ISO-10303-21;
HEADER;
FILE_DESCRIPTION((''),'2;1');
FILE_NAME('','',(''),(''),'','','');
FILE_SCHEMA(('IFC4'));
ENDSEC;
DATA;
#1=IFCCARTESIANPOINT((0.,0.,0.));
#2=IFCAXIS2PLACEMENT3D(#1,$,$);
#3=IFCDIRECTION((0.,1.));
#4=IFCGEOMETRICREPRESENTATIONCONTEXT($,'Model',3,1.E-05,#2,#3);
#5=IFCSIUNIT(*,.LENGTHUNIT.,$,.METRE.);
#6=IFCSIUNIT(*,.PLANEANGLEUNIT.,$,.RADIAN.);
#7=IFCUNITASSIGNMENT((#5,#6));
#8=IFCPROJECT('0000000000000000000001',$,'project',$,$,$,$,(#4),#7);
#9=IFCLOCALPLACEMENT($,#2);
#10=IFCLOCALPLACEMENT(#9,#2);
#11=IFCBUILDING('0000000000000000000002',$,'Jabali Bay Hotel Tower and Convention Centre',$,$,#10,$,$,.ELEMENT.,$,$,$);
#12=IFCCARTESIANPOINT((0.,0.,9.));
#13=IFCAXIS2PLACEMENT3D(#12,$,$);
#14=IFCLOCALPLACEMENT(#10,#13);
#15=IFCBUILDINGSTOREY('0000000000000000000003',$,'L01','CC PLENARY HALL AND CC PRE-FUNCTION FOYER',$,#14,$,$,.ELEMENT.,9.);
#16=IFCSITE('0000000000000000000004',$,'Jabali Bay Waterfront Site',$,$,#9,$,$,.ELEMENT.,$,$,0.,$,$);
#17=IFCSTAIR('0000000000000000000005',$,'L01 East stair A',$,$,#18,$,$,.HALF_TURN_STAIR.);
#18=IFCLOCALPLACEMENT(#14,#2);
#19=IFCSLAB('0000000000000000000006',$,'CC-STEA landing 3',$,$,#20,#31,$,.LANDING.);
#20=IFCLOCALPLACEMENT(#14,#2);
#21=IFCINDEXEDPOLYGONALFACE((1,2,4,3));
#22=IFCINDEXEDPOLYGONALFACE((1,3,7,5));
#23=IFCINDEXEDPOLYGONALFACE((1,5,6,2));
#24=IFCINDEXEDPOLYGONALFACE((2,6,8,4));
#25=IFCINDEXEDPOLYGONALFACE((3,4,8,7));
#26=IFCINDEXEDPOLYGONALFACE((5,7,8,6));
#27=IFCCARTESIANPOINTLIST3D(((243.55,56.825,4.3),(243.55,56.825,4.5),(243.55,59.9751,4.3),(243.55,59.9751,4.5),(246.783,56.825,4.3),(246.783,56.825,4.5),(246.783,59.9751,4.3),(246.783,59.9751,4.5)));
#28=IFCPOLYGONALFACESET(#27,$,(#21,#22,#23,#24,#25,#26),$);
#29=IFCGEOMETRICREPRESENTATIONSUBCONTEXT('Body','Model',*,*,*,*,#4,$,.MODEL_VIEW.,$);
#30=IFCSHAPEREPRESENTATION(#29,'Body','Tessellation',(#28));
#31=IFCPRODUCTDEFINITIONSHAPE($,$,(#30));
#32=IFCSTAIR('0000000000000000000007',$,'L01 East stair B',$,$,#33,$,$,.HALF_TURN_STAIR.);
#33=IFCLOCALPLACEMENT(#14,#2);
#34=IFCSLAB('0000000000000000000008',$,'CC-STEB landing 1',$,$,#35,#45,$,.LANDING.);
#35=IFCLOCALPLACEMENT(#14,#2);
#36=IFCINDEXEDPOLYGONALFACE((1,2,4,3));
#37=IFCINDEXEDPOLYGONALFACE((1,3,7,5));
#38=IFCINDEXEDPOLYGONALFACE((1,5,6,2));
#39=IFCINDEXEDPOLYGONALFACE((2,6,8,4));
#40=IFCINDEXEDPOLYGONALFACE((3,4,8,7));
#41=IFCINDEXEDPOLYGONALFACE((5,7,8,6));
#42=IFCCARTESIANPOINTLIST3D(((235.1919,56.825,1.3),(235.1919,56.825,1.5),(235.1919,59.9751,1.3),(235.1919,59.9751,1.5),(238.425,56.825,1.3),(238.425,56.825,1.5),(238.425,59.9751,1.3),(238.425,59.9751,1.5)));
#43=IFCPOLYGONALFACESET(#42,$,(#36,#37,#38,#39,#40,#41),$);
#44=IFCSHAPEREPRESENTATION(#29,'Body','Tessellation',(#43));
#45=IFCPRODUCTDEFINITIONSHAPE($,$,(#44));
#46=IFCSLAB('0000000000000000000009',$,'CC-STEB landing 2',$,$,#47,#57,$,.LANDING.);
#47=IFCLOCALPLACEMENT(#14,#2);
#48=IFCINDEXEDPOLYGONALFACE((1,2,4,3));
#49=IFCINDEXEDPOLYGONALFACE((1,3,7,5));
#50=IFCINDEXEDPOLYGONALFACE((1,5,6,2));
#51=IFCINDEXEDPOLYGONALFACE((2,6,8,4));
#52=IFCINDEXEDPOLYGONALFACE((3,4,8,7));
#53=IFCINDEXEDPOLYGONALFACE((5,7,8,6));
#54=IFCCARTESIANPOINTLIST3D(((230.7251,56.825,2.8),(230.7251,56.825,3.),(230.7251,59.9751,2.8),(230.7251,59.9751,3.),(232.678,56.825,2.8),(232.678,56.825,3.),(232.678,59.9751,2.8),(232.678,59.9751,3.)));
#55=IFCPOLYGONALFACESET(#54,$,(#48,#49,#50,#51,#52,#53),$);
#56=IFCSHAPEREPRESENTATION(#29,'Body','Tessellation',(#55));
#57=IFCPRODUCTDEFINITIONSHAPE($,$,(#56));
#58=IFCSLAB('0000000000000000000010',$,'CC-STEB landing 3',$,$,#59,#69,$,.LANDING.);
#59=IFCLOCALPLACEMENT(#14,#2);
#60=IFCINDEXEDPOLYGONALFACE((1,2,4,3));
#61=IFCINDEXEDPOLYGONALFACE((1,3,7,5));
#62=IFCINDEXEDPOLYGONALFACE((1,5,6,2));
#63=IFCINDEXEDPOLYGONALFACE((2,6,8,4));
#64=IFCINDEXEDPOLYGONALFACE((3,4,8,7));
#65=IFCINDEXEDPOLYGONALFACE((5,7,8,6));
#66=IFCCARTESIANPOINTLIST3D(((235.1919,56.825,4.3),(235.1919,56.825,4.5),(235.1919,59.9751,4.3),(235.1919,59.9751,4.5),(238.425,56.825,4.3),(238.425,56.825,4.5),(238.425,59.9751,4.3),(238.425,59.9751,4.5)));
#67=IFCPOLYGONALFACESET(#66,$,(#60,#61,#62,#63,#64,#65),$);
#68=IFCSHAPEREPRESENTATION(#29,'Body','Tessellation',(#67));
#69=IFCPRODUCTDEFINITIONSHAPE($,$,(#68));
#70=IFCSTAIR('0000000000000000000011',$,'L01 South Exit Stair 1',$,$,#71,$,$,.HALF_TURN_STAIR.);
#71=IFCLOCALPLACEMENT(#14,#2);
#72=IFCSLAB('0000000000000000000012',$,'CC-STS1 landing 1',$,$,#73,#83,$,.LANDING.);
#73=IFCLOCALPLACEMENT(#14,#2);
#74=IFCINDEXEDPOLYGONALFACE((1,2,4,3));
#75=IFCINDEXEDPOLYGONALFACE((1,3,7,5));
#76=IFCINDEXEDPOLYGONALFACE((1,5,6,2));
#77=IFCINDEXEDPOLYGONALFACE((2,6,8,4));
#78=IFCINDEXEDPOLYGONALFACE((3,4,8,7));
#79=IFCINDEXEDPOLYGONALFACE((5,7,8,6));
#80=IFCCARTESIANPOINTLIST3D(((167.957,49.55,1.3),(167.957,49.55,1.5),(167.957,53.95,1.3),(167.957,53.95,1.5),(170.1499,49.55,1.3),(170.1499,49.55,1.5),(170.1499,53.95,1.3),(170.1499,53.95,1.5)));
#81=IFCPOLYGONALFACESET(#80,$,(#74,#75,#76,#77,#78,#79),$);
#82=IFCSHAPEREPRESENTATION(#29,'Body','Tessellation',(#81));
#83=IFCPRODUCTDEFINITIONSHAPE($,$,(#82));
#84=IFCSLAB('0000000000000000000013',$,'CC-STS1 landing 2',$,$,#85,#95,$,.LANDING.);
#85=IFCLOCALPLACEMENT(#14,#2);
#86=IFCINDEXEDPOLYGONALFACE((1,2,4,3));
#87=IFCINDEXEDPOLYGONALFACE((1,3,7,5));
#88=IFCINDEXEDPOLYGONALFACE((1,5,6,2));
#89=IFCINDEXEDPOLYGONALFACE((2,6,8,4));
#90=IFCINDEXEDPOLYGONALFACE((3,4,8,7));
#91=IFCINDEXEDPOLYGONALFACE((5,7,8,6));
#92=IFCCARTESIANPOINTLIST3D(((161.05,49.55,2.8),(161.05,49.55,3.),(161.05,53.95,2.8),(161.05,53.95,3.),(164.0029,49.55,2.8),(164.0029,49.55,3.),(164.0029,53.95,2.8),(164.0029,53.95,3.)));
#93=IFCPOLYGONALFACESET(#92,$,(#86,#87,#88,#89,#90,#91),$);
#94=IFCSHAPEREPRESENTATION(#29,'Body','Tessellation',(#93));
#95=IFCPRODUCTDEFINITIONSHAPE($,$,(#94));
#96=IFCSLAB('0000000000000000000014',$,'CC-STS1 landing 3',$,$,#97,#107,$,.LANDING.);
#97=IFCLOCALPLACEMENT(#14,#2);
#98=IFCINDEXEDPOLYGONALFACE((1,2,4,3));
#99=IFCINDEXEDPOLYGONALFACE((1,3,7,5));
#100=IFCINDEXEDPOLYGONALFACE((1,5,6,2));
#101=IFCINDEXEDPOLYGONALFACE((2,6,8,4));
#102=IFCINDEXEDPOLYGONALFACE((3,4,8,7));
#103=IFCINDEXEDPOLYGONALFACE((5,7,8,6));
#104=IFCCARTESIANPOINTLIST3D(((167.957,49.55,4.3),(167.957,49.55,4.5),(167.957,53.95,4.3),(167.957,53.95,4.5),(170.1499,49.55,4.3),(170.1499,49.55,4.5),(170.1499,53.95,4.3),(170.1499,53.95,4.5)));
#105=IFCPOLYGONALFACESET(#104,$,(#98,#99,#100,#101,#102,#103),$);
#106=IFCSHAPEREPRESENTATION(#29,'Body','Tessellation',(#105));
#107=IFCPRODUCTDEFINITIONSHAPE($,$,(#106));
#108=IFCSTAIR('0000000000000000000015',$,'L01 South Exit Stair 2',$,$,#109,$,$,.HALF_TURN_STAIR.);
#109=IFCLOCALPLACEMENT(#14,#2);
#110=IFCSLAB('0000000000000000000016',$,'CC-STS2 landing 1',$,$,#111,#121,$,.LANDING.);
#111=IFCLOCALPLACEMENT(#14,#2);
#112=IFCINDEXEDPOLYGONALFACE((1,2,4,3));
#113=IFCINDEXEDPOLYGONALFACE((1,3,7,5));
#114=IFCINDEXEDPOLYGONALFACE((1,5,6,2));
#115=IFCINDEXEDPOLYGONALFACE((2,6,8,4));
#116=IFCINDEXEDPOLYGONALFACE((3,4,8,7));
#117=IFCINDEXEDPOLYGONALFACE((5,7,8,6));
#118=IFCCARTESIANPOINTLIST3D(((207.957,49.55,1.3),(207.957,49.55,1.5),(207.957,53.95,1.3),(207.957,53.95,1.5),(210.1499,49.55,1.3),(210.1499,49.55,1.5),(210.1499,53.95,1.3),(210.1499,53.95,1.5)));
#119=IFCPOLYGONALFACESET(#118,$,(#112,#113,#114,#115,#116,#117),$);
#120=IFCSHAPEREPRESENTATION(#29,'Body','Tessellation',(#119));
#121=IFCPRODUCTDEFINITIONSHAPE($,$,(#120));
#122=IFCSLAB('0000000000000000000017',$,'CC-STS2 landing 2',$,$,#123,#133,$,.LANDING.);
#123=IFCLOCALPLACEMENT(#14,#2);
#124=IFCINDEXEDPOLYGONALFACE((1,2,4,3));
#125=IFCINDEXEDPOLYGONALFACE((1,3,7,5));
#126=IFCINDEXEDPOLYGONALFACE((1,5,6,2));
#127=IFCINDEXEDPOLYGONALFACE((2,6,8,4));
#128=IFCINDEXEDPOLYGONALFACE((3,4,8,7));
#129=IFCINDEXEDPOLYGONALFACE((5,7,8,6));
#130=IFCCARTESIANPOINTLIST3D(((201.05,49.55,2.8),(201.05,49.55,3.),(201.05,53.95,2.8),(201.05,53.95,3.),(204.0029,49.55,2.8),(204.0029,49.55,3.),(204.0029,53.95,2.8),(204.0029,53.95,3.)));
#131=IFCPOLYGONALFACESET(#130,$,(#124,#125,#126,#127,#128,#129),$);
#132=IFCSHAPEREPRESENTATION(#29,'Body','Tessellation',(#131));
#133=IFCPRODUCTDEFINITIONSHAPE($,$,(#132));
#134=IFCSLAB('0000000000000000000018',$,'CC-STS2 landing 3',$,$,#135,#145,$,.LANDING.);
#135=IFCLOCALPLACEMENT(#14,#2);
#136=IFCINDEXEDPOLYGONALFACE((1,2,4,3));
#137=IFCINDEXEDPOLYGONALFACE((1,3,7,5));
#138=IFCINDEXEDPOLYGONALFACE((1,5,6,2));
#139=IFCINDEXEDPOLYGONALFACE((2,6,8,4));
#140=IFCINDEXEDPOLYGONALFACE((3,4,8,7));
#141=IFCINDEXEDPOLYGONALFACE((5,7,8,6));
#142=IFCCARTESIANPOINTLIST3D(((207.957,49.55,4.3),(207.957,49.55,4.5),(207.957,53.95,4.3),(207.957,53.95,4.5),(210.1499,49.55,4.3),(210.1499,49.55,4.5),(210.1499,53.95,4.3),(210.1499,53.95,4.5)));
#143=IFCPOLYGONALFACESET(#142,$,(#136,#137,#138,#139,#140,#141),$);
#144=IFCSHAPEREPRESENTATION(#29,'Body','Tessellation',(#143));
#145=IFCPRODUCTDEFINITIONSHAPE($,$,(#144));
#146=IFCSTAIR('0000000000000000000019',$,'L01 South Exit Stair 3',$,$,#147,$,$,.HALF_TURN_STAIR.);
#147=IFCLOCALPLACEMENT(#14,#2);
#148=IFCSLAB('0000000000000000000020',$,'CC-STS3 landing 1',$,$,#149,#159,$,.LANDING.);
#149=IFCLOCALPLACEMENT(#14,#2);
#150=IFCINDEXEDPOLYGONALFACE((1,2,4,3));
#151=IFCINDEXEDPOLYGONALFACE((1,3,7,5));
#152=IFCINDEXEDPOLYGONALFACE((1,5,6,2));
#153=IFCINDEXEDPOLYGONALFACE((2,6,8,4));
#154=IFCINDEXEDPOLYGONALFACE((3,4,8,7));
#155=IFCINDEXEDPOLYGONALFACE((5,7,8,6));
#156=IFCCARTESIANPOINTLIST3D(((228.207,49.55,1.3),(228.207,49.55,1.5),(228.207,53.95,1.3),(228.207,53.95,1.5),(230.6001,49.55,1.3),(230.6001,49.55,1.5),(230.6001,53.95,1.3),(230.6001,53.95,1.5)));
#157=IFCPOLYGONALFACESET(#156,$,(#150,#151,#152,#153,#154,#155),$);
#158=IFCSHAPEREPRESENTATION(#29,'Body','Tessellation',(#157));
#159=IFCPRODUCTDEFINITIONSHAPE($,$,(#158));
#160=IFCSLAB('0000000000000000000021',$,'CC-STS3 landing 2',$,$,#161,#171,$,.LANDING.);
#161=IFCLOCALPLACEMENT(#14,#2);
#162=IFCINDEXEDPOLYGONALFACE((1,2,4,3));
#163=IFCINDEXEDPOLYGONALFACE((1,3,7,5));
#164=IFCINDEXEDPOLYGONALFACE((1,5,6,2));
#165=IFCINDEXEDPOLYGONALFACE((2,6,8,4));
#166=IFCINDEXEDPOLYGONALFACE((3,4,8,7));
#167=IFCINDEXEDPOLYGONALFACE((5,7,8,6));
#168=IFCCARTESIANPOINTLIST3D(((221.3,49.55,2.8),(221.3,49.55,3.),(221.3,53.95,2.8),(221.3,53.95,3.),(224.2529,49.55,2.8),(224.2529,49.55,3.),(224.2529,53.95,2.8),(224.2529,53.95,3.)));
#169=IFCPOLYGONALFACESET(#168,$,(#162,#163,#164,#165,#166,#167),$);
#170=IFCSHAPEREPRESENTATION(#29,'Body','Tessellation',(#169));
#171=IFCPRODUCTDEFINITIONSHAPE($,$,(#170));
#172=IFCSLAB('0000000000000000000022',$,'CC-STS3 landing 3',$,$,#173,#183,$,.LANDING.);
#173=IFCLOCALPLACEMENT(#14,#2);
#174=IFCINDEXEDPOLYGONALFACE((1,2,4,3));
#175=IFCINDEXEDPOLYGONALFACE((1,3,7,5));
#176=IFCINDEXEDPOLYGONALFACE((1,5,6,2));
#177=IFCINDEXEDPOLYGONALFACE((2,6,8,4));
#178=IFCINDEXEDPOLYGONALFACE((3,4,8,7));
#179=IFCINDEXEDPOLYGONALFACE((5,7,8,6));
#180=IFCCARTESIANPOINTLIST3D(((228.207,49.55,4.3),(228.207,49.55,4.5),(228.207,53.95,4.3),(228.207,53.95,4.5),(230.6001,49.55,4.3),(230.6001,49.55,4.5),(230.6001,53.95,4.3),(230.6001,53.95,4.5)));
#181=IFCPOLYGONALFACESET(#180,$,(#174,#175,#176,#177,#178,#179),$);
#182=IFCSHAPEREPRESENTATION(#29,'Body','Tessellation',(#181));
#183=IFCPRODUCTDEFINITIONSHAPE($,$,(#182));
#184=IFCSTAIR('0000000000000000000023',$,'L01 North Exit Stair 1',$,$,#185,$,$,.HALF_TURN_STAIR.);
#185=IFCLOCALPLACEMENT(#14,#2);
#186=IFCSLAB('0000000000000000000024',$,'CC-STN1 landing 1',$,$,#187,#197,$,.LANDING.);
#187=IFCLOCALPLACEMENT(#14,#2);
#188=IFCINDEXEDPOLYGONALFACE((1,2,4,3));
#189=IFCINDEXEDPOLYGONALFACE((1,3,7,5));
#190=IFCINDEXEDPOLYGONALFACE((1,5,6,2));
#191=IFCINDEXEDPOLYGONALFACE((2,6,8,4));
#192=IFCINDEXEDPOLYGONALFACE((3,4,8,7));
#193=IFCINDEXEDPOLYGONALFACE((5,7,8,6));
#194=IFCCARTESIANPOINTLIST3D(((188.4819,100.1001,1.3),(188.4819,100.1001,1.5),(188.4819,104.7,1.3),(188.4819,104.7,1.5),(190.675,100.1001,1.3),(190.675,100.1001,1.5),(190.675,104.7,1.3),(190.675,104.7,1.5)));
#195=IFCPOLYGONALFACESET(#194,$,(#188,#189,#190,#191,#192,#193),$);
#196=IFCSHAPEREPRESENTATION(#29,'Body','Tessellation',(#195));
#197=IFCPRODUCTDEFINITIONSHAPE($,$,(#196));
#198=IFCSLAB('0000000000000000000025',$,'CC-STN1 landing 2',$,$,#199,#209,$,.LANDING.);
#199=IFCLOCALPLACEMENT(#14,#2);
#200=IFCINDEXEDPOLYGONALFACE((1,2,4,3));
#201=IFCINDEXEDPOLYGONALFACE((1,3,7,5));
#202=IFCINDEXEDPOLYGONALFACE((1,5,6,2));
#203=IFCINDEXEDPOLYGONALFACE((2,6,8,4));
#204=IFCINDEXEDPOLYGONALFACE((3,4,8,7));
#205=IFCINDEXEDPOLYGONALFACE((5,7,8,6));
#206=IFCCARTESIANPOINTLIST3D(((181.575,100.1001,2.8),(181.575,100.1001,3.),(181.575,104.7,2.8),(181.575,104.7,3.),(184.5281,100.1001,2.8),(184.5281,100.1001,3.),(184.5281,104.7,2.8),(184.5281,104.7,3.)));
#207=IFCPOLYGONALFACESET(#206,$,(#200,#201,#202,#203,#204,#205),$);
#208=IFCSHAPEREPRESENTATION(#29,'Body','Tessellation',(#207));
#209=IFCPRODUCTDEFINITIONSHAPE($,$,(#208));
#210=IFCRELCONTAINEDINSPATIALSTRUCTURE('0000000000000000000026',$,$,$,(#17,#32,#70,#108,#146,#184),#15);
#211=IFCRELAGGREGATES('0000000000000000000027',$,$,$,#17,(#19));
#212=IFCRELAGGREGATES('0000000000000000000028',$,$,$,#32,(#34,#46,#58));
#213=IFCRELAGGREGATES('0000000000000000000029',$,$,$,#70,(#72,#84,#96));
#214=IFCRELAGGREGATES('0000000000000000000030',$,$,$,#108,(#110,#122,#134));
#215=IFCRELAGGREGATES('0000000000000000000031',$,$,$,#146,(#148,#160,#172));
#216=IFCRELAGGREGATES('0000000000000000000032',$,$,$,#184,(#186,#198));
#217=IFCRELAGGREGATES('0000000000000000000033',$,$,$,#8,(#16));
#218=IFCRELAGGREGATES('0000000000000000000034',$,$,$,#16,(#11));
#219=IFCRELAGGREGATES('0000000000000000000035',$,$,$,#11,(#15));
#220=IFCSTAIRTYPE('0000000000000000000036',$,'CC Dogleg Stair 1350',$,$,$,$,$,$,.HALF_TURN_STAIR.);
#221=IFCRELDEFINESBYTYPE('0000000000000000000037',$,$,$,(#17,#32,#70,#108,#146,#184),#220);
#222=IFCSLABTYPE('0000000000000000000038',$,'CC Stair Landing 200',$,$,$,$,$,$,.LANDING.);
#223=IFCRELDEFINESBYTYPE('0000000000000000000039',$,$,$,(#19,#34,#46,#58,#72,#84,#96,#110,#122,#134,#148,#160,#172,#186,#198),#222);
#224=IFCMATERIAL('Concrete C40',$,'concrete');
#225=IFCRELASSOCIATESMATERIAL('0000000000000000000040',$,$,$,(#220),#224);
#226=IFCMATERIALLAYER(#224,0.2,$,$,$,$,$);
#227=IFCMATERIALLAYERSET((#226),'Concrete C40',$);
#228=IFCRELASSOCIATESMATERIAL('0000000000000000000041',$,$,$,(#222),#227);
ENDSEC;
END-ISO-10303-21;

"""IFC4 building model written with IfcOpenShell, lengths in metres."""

from ifc_helpers import new_model, si_unit, direction, frame, origin, place, context, subcontext, project, spatial, polyline, outline, extrude, material, layer, layer_set, type_object, element, aggregate, save


model = new_model("IFC4")

# Units and contexts
model_context = context("Model", 3, precision=1e-05, world=origin(), true_north=direction((0.0, 1.0)))
body_context = subcontext(model_context, "Body", "Model", "MODEL_VIEW")
ifc_project = project(units=[si_unit("LENGTHUNIT", "METRE"), si_unit("PLANEANGLEUNIT", "RADIAN")], contexts=[model_context])

# Site, building, storey
site_placement = place(None, origin())
site = spatial("IfcSite", under=ifc_project, at=site_placement, Name="Jabali Bay Waterfront Site", CompositionType="ELEMENT", RefElevation=0.0)
building_placement = place(site_placement, origin())
building = spatial("IfcBuilding", under=site, at=building_placement, Name="Jabali Bay Hotel Tower and Convention Centre", CompositionType="ELEMENT")
storey_placement = place(building_placement, frame((0.0, 0.0, 9.0)))
storey = spatial("IfcBuildingStorey", under=building, at=storey_placement, Name="L01", Description="CC PLENARY HALL AND CC PRE-FUNCTION FOYER", CompositionType="ELEMENT", Elevation=9.0)

# Stair, slab
ifc_material = material(Name="Concrete C40", Category="concrete")
stair_type = type_object("IfcStairType", Name="CC Dogleg Stair 1350", PredefinedType="HALF_TURN_STAIR", material=ifc_material)
stair_1_placement = place(storey_placement, origin())
stair_1 = element("IfcStair", 1, at=stair_1_placement, inside=storey, type_object=stair_type, Name="L01 East stair A", PredefinedType="HALF_TURN_STAIR")
ifc_layer = layer(ifc_material, 0.2)
ifc_layer_set = layer_set([ifc_layer], Name="Concrete C40")
slab_type = type_object("IfcSlabType", Name="CC Stair Landing 200", PredefinedType="LANDING", material=ifc_layer_set)
slab_1_placement = place(storey_placement, frame((0.0, 0.0, 4.3)))
slab_1 = element("IfcSlab", 2, at=slab_1_placement, type_object=slab_type, Name="CC-STEA landing 3", PredefinedType="LANDING", context=body_context, shape_type="SweptSolid", body=[
    extrude(outline(polyline([(243.55, 56.825), (246.783, 56.825), (246.783, 59.9751), (243.55, 59.9751), (243.55, 56.825)])), origin(), (0.0, 0.0, 1.0), 0.2),
])
aggregate(stair_1, [slab_1])

# Stairs, slabs
stair_2_placement = place(storey_placement, origin())
stair_2 = element("IfcStair", 3, at=stair_2_placement, inside=storey, type_object=stair_type, Name="L01 East stair B", PredefinedType="HALF_TURN_STAIR")
slab_2_placement = place(storey_placement, frame((0.0, 0.0, 1.3)))
slab_2 = element("IfcSlab", 4, at=slab_2_placement, type_object=slab_type, Name="CC-STEB landing 1", PredefinedType="LANDING", context=body_context, shape_type="SweptSolid", body=[
    extrude(outline(polyline([(235.1919, 56.825), (238.425, 56.825), (238.425, 59.9751), (235.1919, 59.9751), (235.1919, 56.825)])), origin(), (0.0, 0.0, 1.0), 0.2),
])
slab_3_placement = place(storey_placement, frame((0.0, 0.0, 2.8)))
slab_3 = element("IfcSlab", 5, at=slab_3_placement, type_object=slab_type, Name="CC-STEB landing 2", PredefinedType="LANDING", context=body_context, shape_type="SweptSolid", body=[
    extrude(outline(polyline([(230.7251, 56.825), (232.678, 56.825), (232.678, 59.9751), (230.7251, 59.9751), (230.7251, 56.825)])), origin(), (0.0, 0.0, 1.0), 0.2),
])
slab_4_placement = place(storey_placement, frame((0.0, 0.0, 4.3)))
slab_4 = element("IfcSlab", 6, at=slab_4_placement, type_object=slab_type, Name="CC-STEB landing 3", PredefinedType="LANDING", context=body_context, shape_type="SweptSolid", body=[
    extrude(outline(polyline([(235.1919, 56.825), (238.425, 56.825), (238.425, 59.9751), (235.1919, 59.9751), (235.1919, 56.825)])), origin(), (0.0, 0.0, 1.0), 0.2),
])
aggregate(stair_2, [slab_2, slab_3, slab_4])
stair_3_placement = place(storey_placement, origin())
stair_3 = element("IfcStair", 7, at=stair_3_placement, inside=storey, type_object=stair_type, Name="L01 South Exit Stair 1", PredefinedType="HALF_TURN_STAIR")
slab_5_placement = place(storey_placement, frame((0.0, 0.0, 1.3)))
slab_5 = element("IfcSlab", 8, at=slab_5_placement, type_object=slab_type, Name="CC-STS1 landing 1", PredefinedType="LANDING", context=body_context, shape_type="SweptSolid", body=[
    extrude(outline(polyline([(167.957, 49.55), (170.1499, 49.55), (170.1499, 53.95), (167.957, 53.95), (167.957, 49.55)])), origin(), (0.0, 0.0, 1.0), 0.2),
])
slab_6_placement = place(storey_placement, frame((0.0, 0.0, 2.8)))
slab_6 = element("IfcSlab", 9, at=slab_6_placement, type_object=slab_type, Name="CC-STS1 landing 2", PredefinedType="LANDING", context=body_context, shape_type="SweptSolid", body=[
    extrude(outline(polyline([(161.05, 49.55), (164.0029, 49.55), (164.0029, 53.95), (161.05, 53.95), (161.05, 49.55)])), origin(), (0.0, 0.0, 1.0), 0.2),
])
slab_7_placement = place(storey_placement, frame((0.0, 0.0, 4.3)))
slab_7 = element("IfcSlab", 10, at=slab_7_placement, type_object=slab_type, Name="CC-STS1 landing 3", PredefinedType="LANDING", context=body_context, shape_type="SweptSolid", body=[
    extrude(outline(polyline([(167.957, 49.55), (170.1499, 49.55), (170.1499, 53.95), (167.957, 53.95), (167.957, 49.55)])), origin(), (0.0, 0.0, 1.0), 0.2),
])
aggregate(stair_3, [slab_5, slab_6, slab_7])
stair_4_placement = place(storey_placement, origin())
stair_4 = element("IfcStair", 11, at=stair_4_placement, inside=storey, type_object=stair_type, Name="L01 South Exit Stair 2", PredefinedType="HALF_TURN_STAIR")
slab_8_placement = place(storey_placement, frame((0.0, 0.0, 1.3)))
slab_8 = element("IfcSlab", 12, at=slab_8_placement, type_object=slab_type, Name="CC-STS2 landing 1", PredefinedType="LANDING", context=body_context, shape_type="SweptSolid", body=[
    extrude(outline(polyline([(207.957, 49.55), (210.1499, 49.55), (210.1499, 53.95), (207.957, 53.95), (207.957, 49.55)])), origin(), (0.0, 0.0, 1.0), 0.2),
])
slab_9_placement = place(storey_placement, frame((0.0, 0.0, 2.8)))
slab_9 = element("IfcSlab", 13, at=slab_9_placement, type_object=slab_type, Name="CC-STS2 landing 2", PredefinedType="LANDING", context=body_context, shape_type="SweptSolid", body=[
    extrude(outline(polyline([(201.05, 49.55), (204.0029, 49.55), (204.0029, 53.95), (201.05, 53.95), (201.05, 49.55)])), origin(), (0.0, 0.0, 1.0), 0.2),
])
slab_10_placement = place(storey_placement, frame((0.0, 0.0, 4.3)))
slab_10 = element("IfcSlab", 14, at=slab_10_placement, type_object=slab_type, Name="CC-STS2 landing 3", PredefinedType="LANDING", context=body_context, shape_type="SweptSolid", body=[
    extrude(outline(polyline([(207.957, 49.55), (210.1499, 49.55), (210.1499, 53.95), (207.957, 53.95), (207.957, 49.55)])), origin(), (0.0, 0.0, 1.0), 0.2),
])
aggregate(stair_4, [slab_8, slab_9, slab_10])
stair_5_placement = place(storey_placement, origin())
stair_5 = element("IfcStair", 15, at=stair_5_placement, inside=storey, type_object=stair_type, Name="L01 South Exit Stair 3", PredefinedType="HALF_TURN_STAIR")
slab_11_placement = place(storey_placement, frame((0.0, 0.0, 1.3)))
slab_11 = element("IfcSlab", 16, at=slab_11_placement, type_object=slab_type, Name="CC-STS3 landing 1", PredefinedType="LANDING", context=body_context, shape_type="SweptSolid", body=[
    extrude(outline(polyline([(228.207, 49.55), (230.6001, 49.55), (230.6001, 53.95), (228.207, 53.95), (228.207, 49.55)])), origin(), (0.0, 0.0, 1.0), 0.2),
])
slab_12_placement = place(storey_placement, frame((0.0, 0.0, 2.8)))
slab_12 = element("IfcSlab", 17, at=slab_12_placement, type_object=slab_type, Name="CC-STS3 landing 2", PredefinedType="LANDING", context=body_context, shape_type="SweptSolid", body=[
    extrude(outline(polyline([(221.3, 49.55), (224.2529, 49.55), (224.2529, 53.95), (221.3, 53.95), (221.3, 49.55)])), origin(), (0.0, 0.0, 1.0), 0.2),
])
slab_13_placement = place(storey_placement, frame((0.0, 0.0, 4.3)))
slab_13 = element("IfcSlab", 18, at=slab_13_placement, type_object=slab_type, Name="CC-STS3 landing 3", PredefinedType="LANDING", context=body_context, shape_type="SweptSolid", body=[
    extrude(outline(polyline([(228.207, 49.55), (230.6001, 49.55), (230.6001, 53.95), (228.207, 53.95), (228.207, 49.55)])), origin(), (0.0, 0.0, 1.0), 0.2),
])
aggregate(stair_5, [slab_11, slab_12, slab_13])
stair_6_placement = place(storey_placement, origin())
stair_6 = element("IfcStair", 19, at=stair_6_placement, inside=storey, type_object=stair_type, Name="L01 North Exit Stair 1", PredefinedType="HALF_TURN_STAIR")
slab_14_placement = place(storey_placement, frame((0.0, 0.0, 1.3)))
slab_14 = element("IfcSlab", 20, at=slab_14_placement, type_object=slab_type, Name="CC-STN1 landing 1", PredefinedType="LANDING", context=body_context, shape_type="SweptSolid", body=[
    extrude(outline(polyline([(188.4819, 100.1001), (190.675, 100.1001), (190.675, 104.7), (188.4819, 104.7), (188.4819, 100.1001)])), origin(), (0.0, 0.0, 1.0), 0.2),
])
slab_15_placement = place(storey_placement, frame((0.0, 0.0, 2.8)))
slab_15 = element("IfcSlab", 21, at=slab_15_placement, type_object=slab_type, Name="CC-STN1 landing 2", PredefinedType="LANDING", context=body_context, shape_type="SweptSolid", body=[
    extrude(outline(polyline([(181.575, 100.1001), (184.5281, 100.1001), (184.5281, 104.7), (181.575, 104.7), (181.575, 100.1001)])), origin(), (0.0, 0.0, 1.0), 0.2),
])
aggregate(stair_6, [slab_14, slab_15])

save(model, "model.ifc")
